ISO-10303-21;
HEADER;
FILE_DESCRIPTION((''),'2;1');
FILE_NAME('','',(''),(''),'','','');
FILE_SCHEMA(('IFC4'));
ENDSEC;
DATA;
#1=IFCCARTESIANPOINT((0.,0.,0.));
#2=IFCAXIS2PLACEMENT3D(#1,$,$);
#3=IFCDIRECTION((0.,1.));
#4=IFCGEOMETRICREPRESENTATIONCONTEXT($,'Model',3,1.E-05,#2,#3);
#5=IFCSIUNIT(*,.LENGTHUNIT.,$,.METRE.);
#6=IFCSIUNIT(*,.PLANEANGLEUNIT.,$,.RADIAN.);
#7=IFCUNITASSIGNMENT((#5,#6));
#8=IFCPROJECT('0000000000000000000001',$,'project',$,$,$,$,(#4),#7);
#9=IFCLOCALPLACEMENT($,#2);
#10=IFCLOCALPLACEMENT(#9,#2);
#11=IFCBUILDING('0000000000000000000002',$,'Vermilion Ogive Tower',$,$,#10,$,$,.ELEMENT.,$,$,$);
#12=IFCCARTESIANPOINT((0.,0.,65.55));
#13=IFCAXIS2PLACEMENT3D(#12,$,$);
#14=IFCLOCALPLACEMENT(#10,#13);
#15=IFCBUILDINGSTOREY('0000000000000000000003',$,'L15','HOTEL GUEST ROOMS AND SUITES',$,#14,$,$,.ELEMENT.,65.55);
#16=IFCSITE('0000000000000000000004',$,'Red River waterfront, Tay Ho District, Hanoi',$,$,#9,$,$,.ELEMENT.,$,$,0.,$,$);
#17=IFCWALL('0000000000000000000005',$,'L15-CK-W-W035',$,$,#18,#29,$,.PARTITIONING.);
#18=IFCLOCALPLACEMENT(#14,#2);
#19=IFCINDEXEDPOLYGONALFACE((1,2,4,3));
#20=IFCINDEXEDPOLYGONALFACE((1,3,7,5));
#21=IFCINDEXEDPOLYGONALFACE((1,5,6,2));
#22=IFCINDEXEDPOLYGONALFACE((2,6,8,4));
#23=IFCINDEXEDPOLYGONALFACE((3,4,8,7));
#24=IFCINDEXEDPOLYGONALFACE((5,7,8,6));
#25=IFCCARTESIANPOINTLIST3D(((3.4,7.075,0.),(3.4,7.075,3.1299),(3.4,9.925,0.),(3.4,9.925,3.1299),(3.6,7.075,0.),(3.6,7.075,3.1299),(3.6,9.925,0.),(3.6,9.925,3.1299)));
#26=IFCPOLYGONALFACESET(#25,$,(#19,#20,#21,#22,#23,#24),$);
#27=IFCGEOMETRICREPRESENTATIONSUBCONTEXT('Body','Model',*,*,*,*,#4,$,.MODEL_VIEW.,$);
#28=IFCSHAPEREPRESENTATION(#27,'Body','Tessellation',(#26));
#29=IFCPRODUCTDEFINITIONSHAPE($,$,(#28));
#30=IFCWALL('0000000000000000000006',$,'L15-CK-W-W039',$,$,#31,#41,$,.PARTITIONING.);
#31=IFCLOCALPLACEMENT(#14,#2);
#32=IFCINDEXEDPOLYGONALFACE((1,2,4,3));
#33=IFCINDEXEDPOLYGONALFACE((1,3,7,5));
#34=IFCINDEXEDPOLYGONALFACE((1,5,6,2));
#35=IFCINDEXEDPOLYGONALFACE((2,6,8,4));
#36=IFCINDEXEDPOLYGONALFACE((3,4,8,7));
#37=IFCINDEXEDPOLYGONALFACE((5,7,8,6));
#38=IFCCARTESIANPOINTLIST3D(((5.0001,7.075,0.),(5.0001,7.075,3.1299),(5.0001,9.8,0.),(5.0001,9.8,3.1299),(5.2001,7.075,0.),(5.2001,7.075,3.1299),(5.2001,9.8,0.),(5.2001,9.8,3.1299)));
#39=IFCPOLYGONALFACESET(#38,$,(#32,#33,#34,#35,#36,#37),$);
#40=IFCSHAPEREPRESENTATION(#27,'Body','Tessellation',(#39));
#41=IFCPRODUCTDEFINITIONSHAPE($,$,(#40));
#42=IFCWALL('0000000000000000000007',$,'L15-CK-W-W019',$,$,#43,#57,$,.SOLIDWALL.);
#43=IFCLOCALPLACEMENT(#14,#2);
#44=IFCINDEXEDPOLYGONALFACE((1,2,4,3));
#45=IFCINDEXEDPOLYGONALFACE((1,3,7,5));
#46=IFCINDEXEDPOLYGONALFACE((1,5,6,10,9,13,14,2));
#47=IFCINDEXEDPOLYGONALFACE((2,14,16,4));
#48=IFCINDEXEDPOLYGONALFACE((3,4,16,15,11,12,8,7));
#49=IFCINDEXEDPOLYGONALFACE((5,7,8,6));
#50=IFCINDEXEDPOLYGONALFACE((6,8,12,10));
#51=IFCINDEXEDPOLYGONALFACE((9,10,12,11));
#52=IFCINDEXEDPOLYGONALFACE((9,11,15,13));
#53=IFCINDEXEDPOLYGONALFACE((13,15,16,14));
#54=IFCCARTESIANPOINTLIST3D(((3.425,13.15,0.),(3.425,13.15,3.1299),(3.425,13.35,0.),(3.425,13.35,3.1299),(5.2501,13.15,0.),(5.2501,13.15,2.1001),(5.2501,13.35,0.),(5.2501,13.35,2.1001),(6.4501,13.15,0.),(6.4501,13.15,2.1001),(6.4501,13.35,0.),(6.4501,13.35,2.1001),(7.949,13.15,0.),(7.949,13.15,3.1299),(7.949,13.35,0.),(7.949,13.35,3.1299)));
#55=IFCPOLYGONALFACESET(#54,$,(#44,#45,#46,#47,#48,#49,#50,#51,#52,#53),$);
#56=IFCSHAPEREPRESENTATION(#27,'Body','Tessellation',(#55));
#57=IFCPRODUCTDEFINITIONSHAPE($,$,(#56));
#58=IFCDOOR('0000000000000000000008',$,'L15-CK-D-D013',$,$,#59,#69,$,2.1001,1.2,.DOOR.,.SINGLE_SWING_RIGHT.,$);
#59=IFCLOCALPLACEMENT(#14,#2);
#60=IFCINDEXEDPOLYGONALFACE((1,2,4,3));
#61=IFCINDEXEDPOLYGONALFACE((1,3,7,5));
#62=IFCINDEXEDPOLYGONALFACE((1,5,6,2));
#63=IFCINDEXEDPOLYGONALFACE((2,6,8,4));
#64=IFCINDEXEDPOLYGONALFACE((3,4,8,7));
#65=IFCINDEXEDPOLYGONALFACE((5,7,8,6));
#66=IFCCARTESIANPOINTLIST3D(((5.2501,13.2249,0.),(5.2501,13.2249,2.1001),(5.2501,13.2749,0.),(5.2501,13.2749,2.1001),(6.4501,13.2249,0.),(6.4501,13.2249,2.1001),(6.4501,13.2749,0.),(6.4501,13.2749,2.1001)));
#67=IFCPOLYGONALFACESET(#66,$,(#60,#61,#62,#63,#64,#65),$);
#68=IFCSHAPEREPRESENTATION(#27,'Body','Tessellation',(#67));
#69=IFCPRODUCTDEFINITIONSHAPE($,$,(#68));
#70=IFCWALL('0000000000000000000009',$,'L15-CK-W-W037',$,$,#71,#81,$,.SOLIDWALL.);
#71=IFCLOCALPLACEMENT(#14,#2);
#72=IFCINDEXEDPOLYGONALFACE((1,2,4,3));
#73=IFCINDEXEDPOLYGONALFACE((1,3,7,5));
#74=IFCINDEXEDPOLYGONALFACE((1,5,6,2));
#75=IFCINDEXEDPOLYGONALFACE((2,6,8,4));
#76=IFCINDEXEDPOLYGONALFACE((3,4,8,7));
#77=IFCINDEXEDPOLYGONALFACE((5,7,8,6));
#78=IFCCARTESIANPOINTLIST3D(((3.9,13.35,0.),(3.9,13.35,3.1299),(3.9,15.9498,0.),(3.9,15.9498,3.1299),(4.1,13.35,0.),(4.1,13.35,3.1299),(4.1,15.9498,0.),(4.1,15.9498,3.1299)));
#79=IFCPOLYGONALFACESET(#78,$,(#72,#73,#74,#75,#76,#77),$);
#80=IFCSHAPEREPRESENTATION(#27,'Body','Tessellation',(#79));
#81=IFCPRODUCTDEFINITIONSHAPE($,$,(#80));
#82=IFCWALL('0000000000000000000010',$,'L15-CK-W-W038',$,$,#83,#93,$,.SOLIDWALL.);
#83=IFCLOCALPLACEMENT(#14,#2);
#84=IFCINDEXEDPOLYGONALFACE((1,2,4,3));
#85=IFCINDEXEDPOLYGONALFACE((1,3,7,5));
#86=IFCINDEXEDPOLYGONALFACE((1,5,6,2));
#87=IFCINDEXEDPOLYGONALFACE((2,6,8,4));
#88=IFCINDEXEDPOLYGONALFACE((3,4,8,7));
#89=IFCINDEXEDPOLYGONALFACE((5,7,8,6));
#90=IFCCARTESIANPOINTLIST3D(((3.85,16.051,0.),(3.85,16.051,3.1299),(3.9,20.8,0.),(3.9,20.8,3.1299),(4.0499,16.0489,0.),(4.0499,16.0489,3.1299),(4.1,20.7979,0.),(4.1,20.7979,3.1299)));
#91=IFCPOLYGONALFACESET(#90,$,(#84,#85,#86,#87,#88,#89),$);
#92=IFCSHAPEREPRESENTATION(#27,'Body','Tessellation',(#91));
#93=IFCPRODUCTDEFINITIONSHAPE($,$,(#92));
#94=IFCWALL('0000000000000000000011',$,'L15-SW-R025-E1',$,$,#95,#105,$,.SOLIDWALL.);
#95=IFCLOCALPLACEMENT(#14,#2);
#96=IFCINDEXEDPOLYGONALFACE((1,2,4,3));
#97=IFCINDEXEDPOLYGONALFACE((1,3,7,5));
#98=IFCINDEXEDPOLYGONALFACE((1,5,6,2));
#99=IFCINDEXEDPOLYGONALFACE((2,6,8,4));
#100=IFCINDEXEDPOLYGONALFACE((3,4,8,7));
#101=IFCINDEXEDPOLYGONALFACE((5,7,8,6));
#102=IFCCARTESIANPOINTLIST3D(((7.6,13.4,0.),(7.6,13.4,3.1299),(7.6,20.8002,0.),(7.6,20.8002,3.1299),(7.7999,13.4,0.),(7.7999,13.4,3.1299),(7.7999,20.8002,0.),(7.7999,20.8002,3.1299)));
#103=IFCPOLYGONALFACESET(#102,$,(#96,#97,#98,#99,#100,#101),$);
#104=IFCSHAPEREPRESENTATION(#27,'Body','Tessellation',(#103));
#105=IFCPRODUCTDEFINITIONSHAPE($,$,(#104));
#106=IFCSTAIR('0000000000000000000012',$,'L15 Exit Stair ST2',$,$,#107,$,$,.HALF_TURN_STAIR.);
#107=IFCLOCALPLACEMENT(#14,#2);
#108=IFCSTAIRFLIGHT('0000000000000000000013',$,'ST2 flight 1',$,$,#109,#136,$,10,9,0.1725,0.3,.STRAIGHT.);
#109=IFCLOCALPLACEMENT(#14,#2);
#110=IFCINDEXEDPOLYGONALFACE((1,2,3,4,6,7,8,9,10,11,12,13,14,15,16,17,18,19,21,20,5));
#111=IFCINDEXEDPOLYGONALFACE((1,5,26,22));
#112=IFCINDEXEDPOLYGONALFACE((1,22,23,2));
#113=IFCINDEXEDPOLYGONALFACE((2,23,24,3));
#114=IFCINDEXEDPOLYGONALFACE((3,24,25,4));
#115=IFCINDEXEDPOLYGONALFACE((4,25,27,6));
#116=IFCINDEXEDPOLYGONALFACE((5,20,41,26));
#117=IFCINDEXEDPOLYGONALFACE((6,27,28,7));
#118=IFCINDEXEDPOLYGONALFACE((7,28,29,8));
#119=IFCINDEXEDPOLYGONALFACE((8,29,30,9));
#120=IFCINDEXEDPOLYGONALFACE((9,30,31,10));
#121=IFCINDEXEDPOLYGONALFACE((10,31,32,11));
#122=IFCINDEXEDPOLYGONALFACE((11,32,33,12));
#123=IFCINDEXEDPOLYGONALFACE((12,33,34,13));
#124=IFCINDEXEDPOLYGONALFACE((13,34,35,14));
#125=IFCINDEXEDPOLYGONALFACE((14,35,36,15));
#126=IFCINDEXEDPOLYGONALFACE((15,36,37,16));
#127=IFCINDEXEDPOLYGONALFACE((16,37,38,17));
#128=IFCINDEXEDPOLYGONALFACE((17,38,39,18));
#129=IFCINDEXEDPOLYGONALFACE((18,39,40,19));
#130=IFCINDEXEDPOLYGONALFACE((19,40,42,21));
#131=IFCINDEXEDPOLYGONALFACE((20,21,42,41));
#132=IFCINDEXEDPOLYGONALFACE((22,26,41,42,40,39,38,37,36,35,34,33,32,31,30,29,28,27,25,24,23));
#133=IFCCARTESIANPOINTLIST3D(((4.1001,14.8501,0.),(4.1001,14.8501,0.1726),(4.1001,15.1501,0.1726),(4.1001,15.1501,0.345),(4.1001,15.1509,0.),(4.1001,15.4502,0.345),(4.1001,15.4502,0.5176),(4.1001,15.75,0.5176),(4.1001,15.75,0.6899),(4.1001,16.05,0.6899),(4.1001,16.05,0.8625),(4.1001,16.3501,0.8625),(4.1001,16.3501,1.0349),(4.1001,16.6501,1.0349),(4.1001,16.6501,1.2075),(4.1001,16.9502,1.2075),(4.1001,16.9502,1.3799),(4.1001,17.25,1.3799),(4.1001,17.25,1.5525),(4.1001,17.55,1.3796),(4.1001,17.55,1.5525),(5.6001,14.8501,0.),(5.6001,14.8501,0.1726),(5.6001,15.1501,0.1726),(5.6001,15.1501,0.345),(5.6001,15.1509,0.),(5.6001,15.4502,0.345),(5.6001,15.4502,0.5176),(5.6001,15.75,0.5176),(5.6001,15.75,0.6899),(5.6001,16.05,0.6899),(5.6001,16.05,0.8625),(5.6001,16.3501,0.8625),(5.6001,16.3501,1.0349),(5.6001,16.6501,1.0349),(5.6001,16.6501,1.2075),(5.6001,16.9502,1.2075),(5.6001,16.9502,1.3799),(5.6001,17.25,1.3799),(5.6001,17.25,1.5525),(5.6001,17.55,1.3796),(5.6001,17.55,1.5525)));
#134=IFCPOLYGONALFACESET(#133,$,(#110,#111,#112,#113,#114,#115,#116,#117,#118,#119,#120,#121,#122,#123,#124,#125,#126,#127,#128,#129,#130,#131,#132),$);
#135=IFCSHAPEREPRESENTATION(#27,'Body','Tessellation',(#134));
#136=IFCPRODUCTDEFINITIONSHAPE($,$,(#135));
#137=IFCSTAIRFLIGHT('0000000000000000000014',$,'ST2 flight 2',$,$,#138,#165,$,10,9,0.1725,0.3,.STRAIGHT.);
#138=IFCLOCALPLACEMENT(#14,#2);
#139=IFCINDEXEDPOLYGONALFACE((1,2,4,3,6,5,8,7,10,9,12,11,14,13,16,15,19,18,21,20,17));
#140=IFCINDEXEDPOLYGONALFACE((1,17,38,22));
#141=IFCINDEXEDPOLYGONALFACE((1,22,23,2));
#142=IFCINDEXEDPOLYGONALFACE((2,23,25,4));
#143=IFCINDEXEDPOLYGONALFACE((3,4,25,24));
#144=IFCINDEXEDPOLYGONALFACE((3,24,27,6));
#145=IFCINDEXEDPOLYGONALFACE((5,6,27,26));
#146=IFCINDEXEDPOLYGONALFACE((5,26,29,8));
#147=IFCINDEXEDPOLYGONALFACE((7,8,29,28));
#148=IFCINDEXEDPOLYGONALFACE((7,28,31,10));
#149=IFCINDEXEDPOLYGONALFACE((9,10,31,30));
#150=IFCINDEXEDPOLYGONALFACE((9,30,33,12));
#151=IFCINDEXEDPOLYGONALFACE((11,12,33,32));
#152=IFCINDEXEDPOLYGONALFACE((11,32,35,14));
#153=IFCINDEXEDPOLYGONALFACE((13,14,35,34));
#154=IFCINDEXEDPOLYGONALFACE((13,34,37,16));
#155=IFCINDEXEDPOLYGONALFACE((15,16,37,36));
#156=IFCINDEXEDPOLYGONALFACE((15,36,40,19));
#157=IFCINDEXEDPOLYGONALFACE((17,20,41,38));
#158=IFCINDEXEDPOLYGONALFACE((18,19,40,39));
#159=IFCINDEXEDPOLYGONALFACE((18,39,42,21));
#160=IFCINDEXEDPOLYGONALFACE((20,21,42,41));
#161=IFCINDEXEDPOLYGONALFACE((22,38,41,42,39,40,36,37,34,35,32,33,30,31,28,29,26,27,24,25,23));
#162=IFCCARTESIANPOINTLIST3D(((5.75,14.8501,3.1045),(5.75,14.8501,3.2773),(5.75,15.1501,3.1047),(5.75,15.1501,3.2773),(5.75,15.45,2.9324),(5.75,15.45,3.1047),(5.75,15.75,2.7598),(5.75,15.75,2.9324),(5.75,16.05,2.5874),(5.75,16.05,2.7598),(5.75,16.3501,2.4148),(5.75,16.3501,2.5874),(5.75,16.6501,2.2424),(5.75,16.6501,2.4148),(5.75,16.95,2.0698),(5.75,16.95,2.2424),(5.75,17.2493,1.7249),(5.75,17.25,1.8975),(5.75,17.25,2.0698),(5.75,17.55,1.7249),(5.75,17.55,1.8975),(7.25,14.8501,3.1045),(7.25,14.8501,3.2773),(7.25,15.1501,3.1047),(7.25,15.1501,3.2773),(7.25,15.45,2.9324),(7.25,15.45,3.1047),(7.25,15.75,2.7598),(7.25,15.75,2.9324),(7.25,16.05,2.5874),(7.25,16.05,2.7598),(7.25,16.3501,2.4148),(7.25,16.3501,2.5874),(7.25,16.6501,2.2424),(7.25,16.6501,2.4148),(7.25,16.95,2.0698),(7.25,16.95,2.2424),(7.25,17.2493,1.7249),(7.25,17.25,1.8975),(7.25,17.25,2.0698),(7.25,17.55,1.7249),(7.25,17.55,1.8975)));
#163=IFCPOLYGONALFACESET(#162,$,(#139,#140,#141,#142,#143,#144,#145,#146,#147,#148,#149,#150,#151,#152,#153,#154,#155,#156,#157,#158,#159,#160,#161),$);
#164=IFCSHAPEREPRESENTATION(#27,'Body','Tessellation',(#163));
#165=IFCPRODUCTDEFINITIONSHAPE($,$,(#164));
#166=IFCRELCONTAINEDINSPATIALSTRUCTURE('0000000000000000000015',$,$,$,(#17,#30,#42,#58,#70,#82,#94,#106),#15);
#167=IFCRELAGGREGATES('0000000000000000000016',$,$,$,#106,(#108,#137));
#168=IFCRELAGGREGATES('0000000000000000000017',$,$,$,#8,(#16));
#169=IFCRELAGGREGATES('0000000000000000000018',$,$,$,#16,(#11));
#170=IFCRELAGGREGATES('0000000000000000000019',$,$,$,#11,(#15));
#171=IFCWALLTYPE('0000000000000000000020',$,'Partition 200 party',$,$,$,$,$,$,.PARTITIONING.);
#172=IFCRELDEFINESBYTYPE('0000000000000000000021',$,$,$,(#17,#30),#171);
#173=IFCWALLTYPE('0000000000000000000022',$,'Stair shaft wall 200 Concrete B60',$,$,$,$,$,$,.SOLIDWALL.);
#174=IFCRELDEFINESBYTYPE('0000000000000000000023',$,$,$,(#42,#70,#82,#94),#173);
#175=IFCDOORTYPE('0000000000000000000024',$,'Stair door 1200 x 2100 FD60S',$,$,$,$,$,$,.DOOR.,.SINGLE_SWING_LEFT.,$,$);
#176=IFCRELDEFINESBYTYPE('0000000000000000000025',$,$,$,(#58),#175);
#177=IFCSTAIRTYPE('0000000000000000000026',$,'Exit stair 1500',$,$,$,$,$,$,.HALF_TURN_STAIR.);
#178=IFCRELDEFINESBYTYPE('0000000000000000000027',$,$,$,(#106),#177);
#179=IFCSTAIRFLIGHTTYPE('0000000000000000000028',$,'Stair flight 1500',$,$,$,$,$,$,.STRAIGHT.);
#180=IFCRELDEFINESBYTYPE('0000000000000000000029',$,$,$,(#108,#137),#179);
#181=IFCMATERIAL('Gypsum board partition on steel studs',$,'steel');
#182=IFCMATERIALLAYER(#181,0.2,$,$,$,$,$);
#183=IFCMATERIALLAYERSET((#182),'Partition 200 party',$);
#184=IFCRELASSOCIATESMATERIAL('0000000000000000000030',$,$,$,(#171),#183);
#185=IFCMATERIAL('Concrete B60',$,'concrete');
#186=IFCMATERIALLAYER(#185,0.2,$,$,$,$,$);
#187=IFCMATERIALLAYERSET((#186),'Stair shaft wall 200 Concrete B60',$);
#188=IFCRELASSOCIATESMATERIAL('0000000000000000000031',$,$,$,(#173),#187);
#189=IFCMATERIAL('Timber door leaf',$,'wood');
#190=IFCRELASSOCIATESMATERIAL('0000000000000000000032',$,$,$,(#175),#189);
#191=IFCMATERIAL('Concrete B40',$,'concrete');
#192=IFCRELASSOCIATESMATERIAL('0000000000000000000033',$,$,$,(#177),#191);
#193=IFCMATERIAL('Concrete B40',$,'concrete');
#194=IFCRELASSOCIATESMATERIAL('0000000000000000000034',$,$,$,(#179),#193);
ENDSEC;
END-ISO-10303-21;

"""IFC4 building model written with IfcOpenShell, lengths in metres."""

from ifc_helpers import new_model, si_unit, direction, frame, frame_2d, origin, place, context, subcontext, project, spatial, polyline, rectangle, outline, extrude, material, layer, layer_set, type_object, element, fill, aggregate, save


model = new_model("IFC4")

# Units and contexts
model_context = context("Model", 3, precision=1e-05, world=origin(), true_north=direction((0.0, 1.0)))
body_context = subcontext(model_context, "Body", "Model", "MODEL_VIEW")
ifc_project = project(units=[si_unit("LENGTHUNIT", "METRE"), si_unit("PLANEANGLEUNIT", "RADIAN")], contexts=[model_context])

# Site, building, storey
site_placement = place(None, origin())
site = spatial("IfcSite", under=ifc_project, at=site_placement, Name="Red River waterfront, Tay Ho District, Hanoi", CompositionType="ELEMENT", RefElevation=0.0)
building_placement = place(site_placement, origin())
building = spatial("IfcBuilding", under=site, at=building_placement, Name="Vermilion Ogive Tower", CompositionType="ELEMENT")
storey_placement = place(building_placement, frame((0.0, 0.0, 65.55)))
storey = spatial("IfcBuildingStorey", under=building, at=storey_placement, Name="L15", Description="HOTEL GUEST ROOMS AND SUITES", CompositionType="ELEMENT", Elevation=65.55)

# Shared definitions
ifc_material_1 = material(Name="Gypsum board partition on steel studs", Category="steel")
ifc_layer_1 = layer(ifc_material_1, 0.2)
ifc_layer_set_1 = layer_set([ifc_layer_1], Name="Partition 200 party")
wall_type_1 = type_object("IfcWallType", Name="Partition 200 party", PredefinedType="PARTITIONING", material=ifc_layer_set_1)

# Walls
for number, where, z_axis, x_axis, name in (
    (1, (3.5, 7.075, 0.0), (0.0, 0.0, 1.0), (0.0, 1.0, 0.0), "L15-CK-W-W035"),
):
    element("IfcWall", number, at=place(storey_placement, frame(where, z_axis=z_axis, x_axis=x_axis)), inside=storey, type_object=wall_type_1, Name=name, PredefinedType="PARTITIONING", context=body_context, shape_type="SweptSolid", body=[
        extrude(rectangle(XDim=2.8501, YDim=0.2, at=frame_2d((1.425, 0.0))), origin(), (0.0, 0.0, 1.0), 3.1299),
    ])
wall_1_placement = place(storey_placement, frame((5.1001, 7.075, 0.0), z_axis=(0.0, 0.0, 1.0), x_axis=(0.0, 1.0, 0.0)))
element("IfcWall", 2, at=wall_1_placement, inside=storey, type_object=wall_type_1, Name="L15-CK-W-W039", PredefinedType="PARTITIONING", context=body_context, shape_type="SweptSolid", body=[
    extrude(rectangle(XDim=2.7251, YDim=0.2, at=frame_2d((1.3625, 0.0))), origin(), (0.0, 0.0, 1.0), 3.1299),
])

# Wall, opening, door
ifc_material_2 = material(Name="Concrete B60", Category="concrete")
ifc_layer_2 = layer(ifc_material_2, 0.2)
ifc_layer_set_2 = layer_set([ifc_layer_2], Name="Stair shaft wall 200 Concrete B60")
wall_type_2 = type_object("IfcWallType", Name="Stair shaft wall 200 Concrete B60", PredefinedType="SOLIDWALL", material=ifc_layer_set_2)
wall_2_placement = place(storey_placement, frame((3.425, 13.25, 0.0), z_axis=(0.0, 0.0, 1.0), x_axis=(1.0, 0.0, 0.0)))
wall_2 = element("IfcWall", 3, at=wall_2_placement, inside=storey, type_object=wall_type_2, Name="L15-CK-W-W019", PredefinedType="SOLIDWALL", context=body_context, shape_type="SweptSolid", body=[
    extrude(rectangle(XDim=4.5239, YDim=0.2, at=frame_2d((2.262, 0.0))), origin(), (0.0, 0.0, 1.0), 3.1299),
])
opening_1_placement = place(wall_2_placement, frame((1.825, 0.0, 0.0)))
opening_1 = element("IfcOpeningElement", 4, at=opening_1_placement, cuts=wall_2, PredefinedType="OPENING", context=body_context, shape_type="SweptSolid", body=[
    extrude(rectangle(XDim=1.2, YDim=2.1001, at=frame_2d((0.6001, 1.05))), frame((0.0, 0.1099, 0.0), z_axis=(0.0, -1.0, 0.0), x_axis=(1.0, 0.0, 0.0)), (0.0, 0.0, 1.0), 0.22),
])
ifc_material_3 = material(Name="Timber door leaf", Category="wood")
door_type_1 = type_object("IfcDoorType", Name="Stair door 1200 x 2100 FD60S", OperationType="SINGLE_SWING_LEFT", PredefinedType="DOOR", material=ifc_material_3)
door_1_placement = place(opening_1_placement, origin())
door_1 = element("IfcDoor", 5, at=door_1_placement, inside=storey, type_object=door_type_1, Name="L15-CK-D-D013", OperationType="SINGLE_SWING_RIGHT", OverallHeight=2.1001, OverallWidth=1.2, PredefinedType="DOOR", context=body_context, shape_type="SweptSolid", body=[
    extrude(rectangle(XDim=1.2, YDim=2.1001, at=frame_2d((0.6001, 1.05))), frame((0.0, 0.0249, 0.0), z_axis=(0.0, -1.0, 0.0), x_axis=(1.0, 0.0, 0.0)), (0.0, 0.0, 1.0), 0.05),
])
fill(opening_1, door_1)

# Walls
wall_3_placement = place(storey_placement, frame((4.0, 13.3501, 0.0), z_axis=(0.0, 0.0, 1.0), x_axis=(0.0, 1.0, 0.0)))
element("IfcWall", 6, at=wall_3_placement, inside=storey, type_object=wall_type_2, Name="L15-CK-W-W037", PredefinedType="SOLIDWALL", context=body_context, shape_type="SweptSolid", body=[
    extrude(rectangle(XDim=2.5999, YDim=0.2, at=frame_2d((1.2998, 0.0))), origin(), (0.0, 0.0, 1.0), 3.1299),
])
wall_4_placement = place(storey_placement, frame((3.95, 16.05, 0.0), z_axis=(0.0, 0.0, 1.0), x_axis=(0.010538, 0.999944, 0.0)))
element("IfcWall", 7, at=wall_4_placement, inside=storey, type_object=wall_type_2, Name="L15-CK-W-W038", PredefinedType="SOLIDWALL", context=body_context, shape_type="SweptSolid", body=[
    extrude(rectangle(XDim=4.7493, YDim=0.2, at=frame_2d((2.3745, 0.0))), origin(), (0.0, 0.0, 1.0), 3.1299),
])
wall_5_placement = place(storey_placement, frame((7.7, 13.3999, 0.0), z_axis=(0.0, 0.0, 1.0), x_axis=(0.0, 1.0, 0.0)))
element("IfcWall", 8, at=wall_5_placement, inside=storey, type_object=wall_type_2, Name="L15-SW-R025-E1", PredefinedType="SOLIDWALL", context=body_context, shape_type="SweptSolid", body=[
    extrude(rectangle(XDim=7.4001, YDim=0.2, at=frame_2d((3.7002, 0.0))), origin(), (0.0, 0.0, 1.0), 3.1299),
])

# Stair, stair flights
ifc_material_4 = material(Name="Concrete B40", Category="concrete")
stair_type = type_object("IfcStairType", Name="Exit stair 1500", PredefinedType="HALF_TURN_STAIR", material=ifc_material_4)
stair_placement = place(storey_placement, origin())
stair = element("IfcStair", 9, at=stair_placement, inside=storey, type_object=stair_type, Name="L15 Exit Stair ST2", PredefinedType="HALF_TURN_STAIR")
ifc_material_5 = material(Name="Concrete B40", Category="concrete")
stair_flight_type = type_object("IfcStairFlightType", Name="Stair flight 1500", PredefinedType="STRAIGHT", material=ifc_material_5)
stair_flight_1_placement = place(storey_placement, frame((4.8501, 14.8501, 0.0), z_axis=(0.0, 0.0, 1.0), x_axis=(0.0, 1.0, 0.0)))
stair_flight_1 = element("IfcStairFlight", 10, at=stair_flight_1_placement, type_object=stair_flight_type, Name="ST2 flight 1", NumberOfRisers=10, NumberOfTreads=9, PredefinedType="STRAIGHT", RiserHeight=0.1725, TreadLength=0.3, context=body_context, shape_type="SweptSolid", body=[
    extrude(outline(polyline([(0.0, 0.0), (0.0, 0.1726), (0.3, 0.1726), (0.3, 0.345), (0.6001, 0.345), (0.6001, 0.5176), (0.8999, 0.5176), (0.8999, 0.6899), (1.2, 0.6899), (1.2, 0.8625), (1.5, 0.8625), (1.5, 1.0349), (1.8, 1.0349), (1.8, 1.2075), (2.1001, 1.2075), (2.1001, 1.3799), (2.3999, 1.3799), (2.3999, 1.5525), (2.7, 1.5525), (2.7, 1.7251), (2.7, 1.3796), (0.3008, 0.0), (0.0, 0.0)])), frame((0.0, 0.75, 0.0), z_axis=(0.0, -1.0, 0.0), x_axis=(1.0, 0.0, 0.0)), (0.0, 0.0, 1.0), 1.5),
])
stair_flight_2_placement = place(storey_placement, frame((6.5, 17.55, 1.7249), z_axis=(0.0, 0.0, 1.0), x_axis=(0.0, -1.0, 0.0)))
stair_flight_2 = element("IfcStairFlight", 11, at=stair_flight_2_placement, type_object=stair_flight_type, Name="ST2 flight 2", NumberOfRisers=10, NumberOfTreads=9, PredefinedType="STRAIGHT", RiserHeight=0.1725, TreadLength=0.3, context=body_context, shape_type="SweptSolid", body=[
    extrude(outline(polyline([(0.0, 0.0), (0.0, 0.1726), (0.3, 0.1726), (0.3, 0.345), (0.6001, 0.345), (0.6001, 0.5176), (0.8999, 0.5176), (0.8999, 0.6899), (1.2, 0.6899), (1.2, 0.8625), (1.5, 0.8625), (1.5, 1.0349), (1.8, 1.0349), (1.8, 1.2075), (2.1001, 1.2075), (2.1001, 1.3799), (2.3999, 1.3799), (2.3999, 1.5525), (2.7, 1.5525), (2.7, 1.7251), (2.7, 1.3796), (0.3008, 0.0), (0.0, 0.0)])), frame((0.0, 0.75, 0.0), z_axis=(0.0, -1.0, 0.0), x_axis=(1.0, 0.0, 0.0)), (0.0, 0.0, 1.0), 1.5),
])
aggregate(stair, [stair_flight_1, stair_flight_2])

save(model, "model.ifc")
